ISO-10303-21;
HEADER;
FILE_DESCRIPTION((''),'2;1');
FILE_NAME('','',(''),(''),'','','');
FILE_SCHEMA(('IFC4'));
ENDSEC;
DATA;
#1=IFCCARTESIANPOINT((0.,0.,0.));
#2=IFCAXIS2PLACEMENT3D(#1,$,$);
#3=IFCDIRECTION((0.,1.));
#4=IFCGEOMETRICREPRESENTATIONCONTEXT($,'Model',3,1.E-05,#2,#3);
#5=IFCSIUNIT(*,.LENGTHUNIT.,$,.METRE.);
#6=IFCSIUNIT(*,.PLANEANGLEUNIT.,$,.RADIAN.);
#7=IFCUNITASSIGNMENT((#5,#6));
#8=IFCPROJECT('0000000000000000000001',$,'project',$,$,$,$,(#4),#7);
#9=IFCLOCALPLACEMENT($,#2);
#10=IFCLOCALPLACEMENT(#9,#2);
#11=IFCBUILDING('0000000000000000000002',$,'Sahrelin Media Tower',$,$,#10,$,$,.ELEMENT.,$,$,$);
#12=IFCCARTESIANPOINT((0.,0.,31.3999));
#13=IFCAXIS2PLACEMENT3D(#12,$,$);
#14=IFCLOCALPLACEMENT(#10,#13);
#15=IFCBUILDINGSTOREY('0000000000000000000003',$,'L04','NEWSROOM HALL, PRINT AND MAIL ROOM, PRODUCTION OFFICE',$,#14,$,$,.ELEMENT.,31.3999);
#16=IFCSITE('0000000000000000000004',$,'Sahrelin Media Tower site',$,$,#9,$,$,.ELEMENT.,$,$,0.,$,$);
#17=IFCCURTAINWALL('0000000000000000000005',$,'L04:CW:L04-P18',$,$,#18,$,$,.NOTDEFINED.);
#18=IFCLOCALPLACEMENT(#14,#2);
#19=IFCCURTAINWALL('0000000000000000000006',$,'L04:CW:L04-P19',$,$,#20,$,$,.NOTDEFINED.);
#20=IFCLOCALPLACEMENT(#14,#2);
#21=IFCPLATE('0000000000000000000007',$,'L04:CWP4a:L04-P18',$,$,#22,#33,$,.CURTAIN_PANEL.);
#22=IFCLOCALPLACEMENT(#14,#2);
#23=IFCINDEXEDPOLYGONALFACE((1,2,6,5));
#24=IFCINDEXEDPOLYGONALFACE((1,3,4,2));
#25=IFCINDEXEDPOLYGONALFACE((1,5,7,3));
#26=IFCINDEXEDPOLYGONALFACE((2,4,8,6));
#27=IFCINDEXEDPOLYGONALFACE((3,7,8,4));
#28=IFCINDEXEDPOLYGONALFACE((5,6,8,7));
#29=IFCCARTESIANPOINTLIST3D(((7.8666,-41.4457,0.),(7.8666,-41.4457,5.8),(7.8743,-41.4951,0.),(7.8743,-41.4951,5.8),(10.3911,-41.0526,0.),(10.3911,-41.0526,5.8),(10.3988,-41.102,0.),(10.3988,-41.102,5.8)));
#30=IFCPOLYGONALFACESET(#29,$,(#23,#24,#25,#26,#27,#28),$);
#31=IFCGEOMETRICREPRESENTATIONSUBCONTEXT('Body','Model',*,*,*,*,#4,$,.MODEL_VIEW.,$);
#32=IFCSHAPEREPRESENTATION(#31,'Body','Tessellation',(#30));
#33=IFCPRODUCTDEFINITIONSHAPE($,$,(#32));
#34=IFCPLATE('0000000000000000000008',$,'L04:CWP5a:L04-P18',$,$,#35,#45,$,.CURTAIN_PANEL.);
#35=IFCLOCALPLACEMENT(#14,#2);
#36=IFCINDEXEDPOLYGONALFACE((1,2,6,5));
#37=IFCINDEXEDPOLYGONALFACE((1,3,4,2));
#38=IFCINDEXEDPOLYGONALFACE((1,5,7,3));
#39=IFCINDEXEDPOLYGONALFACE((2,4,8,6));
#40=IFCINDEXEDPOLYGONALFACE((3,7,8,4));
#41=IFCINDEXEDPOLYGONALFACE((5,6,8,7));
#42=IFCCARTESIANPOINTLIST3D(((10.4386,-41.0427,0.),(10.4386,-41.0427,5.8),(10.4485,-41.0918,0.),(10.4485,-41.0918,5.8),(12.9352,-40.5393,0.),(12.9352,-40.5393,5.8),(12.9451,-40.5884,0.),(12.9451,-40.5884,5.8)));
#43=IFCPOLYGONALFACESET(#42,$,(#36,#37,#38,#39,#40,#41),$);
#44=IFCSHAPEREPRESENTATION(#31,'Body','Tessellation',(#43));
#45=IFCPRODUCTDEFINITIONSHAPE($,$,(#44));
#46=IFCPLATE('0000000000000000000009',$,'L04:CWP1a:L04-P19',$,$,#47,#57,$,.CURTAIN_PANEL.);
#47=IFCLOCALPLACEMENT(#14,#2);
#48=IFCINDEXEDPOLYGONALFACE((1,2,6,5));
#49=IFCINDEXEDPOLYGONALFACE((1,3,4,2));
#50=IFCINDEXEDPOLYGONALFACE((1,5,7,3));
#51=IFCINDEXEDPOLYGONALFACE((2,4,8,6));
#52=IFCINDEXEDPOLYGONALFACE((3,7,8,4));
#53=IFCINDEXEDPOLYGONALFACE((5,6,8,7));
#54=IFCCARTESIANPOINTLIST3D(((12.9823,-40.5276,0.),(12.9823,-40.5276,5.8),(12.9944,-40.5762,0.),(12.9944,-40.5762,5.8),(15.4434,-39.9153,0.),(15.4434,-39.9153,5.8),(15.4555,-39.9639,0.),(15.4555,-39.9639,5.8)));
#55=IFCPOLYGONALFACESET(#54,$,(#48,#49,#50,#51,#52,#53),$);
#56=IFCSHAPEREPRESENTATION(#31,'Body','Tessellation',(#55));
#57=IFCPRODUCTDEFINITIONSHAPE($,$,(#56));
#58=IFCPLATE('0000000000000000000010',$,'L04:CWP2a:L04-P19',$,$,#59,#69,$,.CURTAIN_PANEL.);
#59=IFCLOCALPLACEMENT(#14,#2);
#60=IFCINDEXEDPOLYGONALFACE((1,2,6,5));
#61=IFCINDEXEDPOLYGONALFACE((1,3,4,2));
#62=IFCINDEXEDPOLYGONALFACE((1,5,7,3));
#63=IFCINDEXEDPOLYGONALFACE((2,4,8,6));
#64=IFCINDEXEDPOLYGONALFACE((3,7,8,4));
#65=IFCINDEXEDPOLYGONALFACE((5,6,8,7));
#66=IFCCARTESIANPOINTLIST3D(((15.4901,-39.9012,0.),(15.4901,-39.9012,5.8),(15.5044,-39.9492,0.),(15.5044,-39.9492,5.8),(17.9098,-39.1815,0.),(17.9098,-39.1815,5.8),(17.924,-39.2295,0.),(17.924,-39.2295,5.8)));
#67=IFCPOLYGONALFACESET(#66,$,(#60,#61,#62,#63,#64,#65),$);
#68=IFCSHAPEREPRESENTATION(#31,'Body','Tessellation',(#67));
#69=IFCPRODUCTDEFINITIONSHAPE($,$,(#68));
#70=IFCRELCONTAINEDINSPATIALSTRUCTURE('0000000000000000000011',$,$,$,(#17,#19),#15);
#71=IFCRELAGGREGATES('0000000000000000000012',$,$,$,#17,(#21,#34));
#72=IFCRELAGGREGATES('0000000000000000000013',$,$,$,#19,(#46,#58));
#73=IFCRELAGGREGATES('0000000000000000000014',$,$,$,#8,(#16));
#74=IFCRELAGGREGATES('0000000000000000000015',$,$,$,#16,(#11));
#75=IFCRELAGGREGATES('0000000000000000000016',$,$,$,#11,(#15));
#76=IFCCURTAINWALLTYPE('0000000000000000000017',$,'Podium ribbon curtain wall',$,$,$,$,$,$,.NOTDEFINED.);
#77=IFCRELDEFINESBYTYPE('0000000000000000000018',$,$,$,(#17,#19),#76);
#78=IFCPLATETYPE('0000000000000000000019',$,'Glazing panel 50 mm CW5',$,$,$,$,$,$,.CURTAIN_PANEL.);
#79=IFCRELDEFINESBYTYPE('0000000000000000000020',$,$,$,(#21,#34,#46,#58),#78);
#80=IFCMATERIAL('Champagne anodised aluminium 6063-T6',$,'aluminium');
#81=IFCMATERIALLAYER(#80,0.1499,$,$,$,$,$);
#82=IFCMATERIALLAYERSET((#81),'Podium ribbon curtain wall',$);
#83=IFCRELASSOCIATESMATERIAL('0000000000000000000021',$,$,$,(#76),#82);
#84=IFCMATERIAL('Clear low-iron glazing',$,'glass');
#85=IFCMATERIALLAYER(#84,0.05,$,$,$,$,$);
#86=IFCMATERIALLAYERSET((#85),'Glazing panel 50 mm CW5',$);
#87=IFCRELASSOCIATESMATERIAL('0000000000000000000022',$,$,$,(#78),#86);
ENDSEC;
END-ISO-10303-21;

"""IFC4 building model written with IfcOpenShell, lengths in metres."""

from ifc_helpers import new_model, si_unit, direction, frame, origin, place, context, subcontext, project, spatial, polyline, outline, extrude, material, layer, layer_set, type_object, element, aggregate, save


model = new_model("IFC4")

# Units and contexts
model_context = context("Model", 3, precision=1e-05, world=origin(), true_north=direction((0.0, 1.0)))
body_context = subcontext(model_context, "Body", "Model", "MODEL_VIEW")
ifc_project = project(units=[si_unit("LENGTHUNIT", "METRE"), si_unit("PLANEANGLEUNIT", "RADIAN")], contexts=[model_context])

# Site, building, storey
site_placement = place(None, origin())
site = spatial("IfcSite", under=ifc_project, at=site_placement, Name="Sahrelin Media Tower site", CompositionType="ELEMENT", RefElevation=0.0)
building_placement = place(site_placement, origin())
building = spatial("IfcBuilding", under=site, at=building_placement, Name="Sahrelin Media Tower", CompositionType="ELEMENT")
storey_placement = place(building_placement, frame((0.0, 0.0, 31.3999)))
storey = spatial("IfcBuildingStorey", under=building, at=storey_placement, Name="L04", Description="NEWSROOM HALL, PRINT AND MAIL ROOM, PRODUCTION OFFICE", CompositionType="ELEMENT", Elevation=31.3999)

# Curtain walls
ifc_material_1 = material(Name="Champagne anodised aluminium 6063-T6", Category="aluminium")
ifc_layer_1 = layer(ifc_material_1, 0.1499)
ifc_layer_set_1 = layer_set([ifc_layer_1], Name="Podium ribbon curtain wall")
curtain_wall_type = type_object("IfcCurtainWallType", Name="Podium ribbon curtain wall", PredefinedType="NOTDEFINED", material=ifc_layer_set_1)
curtain_wall_1_placement = place(storey_placement, frame((0.0, -42.0, 0.0), z_axis=(0.0, 0.0, 1.0), x_axis=(1.0, 0.0, 0.0)))
curtain_wall_1 = element("IfcCurtainWall", 1, at=curtain_wall_1_placement, inside=storey, type_object=curtain_wall_type, Name="L04:CW:L04-P18", PredefinedType="NOTDEFINED")
curtain_wall_2_placement = place(storey_placement, frame((12.9409, -40.5688, 0.0), z_axis=(0.0, 0.0, 1.0), x_axis=(1.0, 0.0, 0.0)))
curtain_wall_2 = element("IfcCurtainWall", 2, at=curtain_wall_2_placement, inside=storey, type_object=curtain_wall_type, Name="L04:CW:L04-P19", PredefinedType="NOTDEFINED")

# Plates
ifc_material_2 = material(Name="Clear low-iron glazing", Category="glass")
ifc_layer_2 = layer(ifc_material_2, 0.05)
ifc_layer_set_2 = layer_set([ifc_layer_2], Name="Glazing panel 50 mm CW5")
plate_type = type_object("IfcPlateType", Name="Glazing panel 50 mm CW5", PredefinedType="CURTAIN_PANEL", material=ifc_layer_set_2)
plate_1_placement = place(storey_placement, frame((7.8743, -41.4951, 0.0), z_axis=(0.153852, -0.988094, 0.0), x_axis=(0.988094, 0.153852, 0.0)))
plate_1 = element("IfcPlate", 3, at=plate_1_placement, type_object=plate_type, Name="L04:CWP4a:L04-P18", PredefinedType="CURTAIN_PANEL", context=body_context, shape_type="SweptSolid", body=[
    extrude(outline(polyline([(0.0, 0.0), (2.5549, 0.0), (2.5549, 5.8), (0.0, 5.8), (0.0, 0.0)])), origin(), (0.0, 0.0, -1.0), 0.05),
])
plate_2_placement = place(storey_placement, frame((10.4485, -41.0918, 0.0), z_axis=(0.197664, -0.98027, 0.0), x_axis=(0.98027, 0.197664, 0.0)))
plate_2 = element("IfcPlate", 4, at=plate_2_placement, type_object=plate_type, Name="L04:CWP5a:L04-P18", PredefinedType="CURTAIN_PANEL", context=body_context, shape_type="SweptSolid", body=[
    extrude(outline(polyline([(0.0, 0.0), (2.5469, 0.0), (2.5469, 5.8), (0.0, 5.8), (0.0, 0.0)])), origin(), (0.0, 0.0, -1.0), 0.05),
])
aggregate(curtain_wall_1, [plate_1, plate_2])
plate_3_placement = place(storey_placement, frame((12.9944, -40.5762, 0.0), z_axis=(0.241426, -0.970419, 0.0), x_axis=(0.970419, 0.241426, 0.0)))
plate_3 = element("IfcPlate", 5, at=plate_3_placement, type_object=plate_type, Name="L04:CWP1a:L04-P19", PredefinedType="CURTAIN_PANEL", context=body_context, shape_type="SweptSolid", body=[
    extrude(outline(polyline([(0.0, 0.0), (2.5361, 0.0), (2.5361, 5.8), (0.0, 5.8), (0.0, 0.0)])), origin(), (0.0, 0.0, -1.0), 0.05),
])
plate_4_placement = place(storey_placement, frame((15.5044, -39.9492, 0.0), z_axis=(0.285102, -0.958497, 0.0), x_axis=(0.958497, 0.285102, 0.0)))
plate_4 = element("IfcPlate", 6, at=plate_4_placement, type_object=plate_type, Name="L04:CWP2a:L04-P19", PredefinedType="CURTAIN_PANEL", context=body_context, shape_type="SweptSolid", body=[
    extrude(outline(polyline([(0.0, 0.0), (2.5244, 0.0), (2.5244, 5.8), (0.0, 5.8), (0.0, 0.0)])), origin(), (0.0, 0.0, -1.0), 0.05),
])
aggregate(curtain_wall_2, [plate_3, plate_4])

save(model, "model.ifc")
